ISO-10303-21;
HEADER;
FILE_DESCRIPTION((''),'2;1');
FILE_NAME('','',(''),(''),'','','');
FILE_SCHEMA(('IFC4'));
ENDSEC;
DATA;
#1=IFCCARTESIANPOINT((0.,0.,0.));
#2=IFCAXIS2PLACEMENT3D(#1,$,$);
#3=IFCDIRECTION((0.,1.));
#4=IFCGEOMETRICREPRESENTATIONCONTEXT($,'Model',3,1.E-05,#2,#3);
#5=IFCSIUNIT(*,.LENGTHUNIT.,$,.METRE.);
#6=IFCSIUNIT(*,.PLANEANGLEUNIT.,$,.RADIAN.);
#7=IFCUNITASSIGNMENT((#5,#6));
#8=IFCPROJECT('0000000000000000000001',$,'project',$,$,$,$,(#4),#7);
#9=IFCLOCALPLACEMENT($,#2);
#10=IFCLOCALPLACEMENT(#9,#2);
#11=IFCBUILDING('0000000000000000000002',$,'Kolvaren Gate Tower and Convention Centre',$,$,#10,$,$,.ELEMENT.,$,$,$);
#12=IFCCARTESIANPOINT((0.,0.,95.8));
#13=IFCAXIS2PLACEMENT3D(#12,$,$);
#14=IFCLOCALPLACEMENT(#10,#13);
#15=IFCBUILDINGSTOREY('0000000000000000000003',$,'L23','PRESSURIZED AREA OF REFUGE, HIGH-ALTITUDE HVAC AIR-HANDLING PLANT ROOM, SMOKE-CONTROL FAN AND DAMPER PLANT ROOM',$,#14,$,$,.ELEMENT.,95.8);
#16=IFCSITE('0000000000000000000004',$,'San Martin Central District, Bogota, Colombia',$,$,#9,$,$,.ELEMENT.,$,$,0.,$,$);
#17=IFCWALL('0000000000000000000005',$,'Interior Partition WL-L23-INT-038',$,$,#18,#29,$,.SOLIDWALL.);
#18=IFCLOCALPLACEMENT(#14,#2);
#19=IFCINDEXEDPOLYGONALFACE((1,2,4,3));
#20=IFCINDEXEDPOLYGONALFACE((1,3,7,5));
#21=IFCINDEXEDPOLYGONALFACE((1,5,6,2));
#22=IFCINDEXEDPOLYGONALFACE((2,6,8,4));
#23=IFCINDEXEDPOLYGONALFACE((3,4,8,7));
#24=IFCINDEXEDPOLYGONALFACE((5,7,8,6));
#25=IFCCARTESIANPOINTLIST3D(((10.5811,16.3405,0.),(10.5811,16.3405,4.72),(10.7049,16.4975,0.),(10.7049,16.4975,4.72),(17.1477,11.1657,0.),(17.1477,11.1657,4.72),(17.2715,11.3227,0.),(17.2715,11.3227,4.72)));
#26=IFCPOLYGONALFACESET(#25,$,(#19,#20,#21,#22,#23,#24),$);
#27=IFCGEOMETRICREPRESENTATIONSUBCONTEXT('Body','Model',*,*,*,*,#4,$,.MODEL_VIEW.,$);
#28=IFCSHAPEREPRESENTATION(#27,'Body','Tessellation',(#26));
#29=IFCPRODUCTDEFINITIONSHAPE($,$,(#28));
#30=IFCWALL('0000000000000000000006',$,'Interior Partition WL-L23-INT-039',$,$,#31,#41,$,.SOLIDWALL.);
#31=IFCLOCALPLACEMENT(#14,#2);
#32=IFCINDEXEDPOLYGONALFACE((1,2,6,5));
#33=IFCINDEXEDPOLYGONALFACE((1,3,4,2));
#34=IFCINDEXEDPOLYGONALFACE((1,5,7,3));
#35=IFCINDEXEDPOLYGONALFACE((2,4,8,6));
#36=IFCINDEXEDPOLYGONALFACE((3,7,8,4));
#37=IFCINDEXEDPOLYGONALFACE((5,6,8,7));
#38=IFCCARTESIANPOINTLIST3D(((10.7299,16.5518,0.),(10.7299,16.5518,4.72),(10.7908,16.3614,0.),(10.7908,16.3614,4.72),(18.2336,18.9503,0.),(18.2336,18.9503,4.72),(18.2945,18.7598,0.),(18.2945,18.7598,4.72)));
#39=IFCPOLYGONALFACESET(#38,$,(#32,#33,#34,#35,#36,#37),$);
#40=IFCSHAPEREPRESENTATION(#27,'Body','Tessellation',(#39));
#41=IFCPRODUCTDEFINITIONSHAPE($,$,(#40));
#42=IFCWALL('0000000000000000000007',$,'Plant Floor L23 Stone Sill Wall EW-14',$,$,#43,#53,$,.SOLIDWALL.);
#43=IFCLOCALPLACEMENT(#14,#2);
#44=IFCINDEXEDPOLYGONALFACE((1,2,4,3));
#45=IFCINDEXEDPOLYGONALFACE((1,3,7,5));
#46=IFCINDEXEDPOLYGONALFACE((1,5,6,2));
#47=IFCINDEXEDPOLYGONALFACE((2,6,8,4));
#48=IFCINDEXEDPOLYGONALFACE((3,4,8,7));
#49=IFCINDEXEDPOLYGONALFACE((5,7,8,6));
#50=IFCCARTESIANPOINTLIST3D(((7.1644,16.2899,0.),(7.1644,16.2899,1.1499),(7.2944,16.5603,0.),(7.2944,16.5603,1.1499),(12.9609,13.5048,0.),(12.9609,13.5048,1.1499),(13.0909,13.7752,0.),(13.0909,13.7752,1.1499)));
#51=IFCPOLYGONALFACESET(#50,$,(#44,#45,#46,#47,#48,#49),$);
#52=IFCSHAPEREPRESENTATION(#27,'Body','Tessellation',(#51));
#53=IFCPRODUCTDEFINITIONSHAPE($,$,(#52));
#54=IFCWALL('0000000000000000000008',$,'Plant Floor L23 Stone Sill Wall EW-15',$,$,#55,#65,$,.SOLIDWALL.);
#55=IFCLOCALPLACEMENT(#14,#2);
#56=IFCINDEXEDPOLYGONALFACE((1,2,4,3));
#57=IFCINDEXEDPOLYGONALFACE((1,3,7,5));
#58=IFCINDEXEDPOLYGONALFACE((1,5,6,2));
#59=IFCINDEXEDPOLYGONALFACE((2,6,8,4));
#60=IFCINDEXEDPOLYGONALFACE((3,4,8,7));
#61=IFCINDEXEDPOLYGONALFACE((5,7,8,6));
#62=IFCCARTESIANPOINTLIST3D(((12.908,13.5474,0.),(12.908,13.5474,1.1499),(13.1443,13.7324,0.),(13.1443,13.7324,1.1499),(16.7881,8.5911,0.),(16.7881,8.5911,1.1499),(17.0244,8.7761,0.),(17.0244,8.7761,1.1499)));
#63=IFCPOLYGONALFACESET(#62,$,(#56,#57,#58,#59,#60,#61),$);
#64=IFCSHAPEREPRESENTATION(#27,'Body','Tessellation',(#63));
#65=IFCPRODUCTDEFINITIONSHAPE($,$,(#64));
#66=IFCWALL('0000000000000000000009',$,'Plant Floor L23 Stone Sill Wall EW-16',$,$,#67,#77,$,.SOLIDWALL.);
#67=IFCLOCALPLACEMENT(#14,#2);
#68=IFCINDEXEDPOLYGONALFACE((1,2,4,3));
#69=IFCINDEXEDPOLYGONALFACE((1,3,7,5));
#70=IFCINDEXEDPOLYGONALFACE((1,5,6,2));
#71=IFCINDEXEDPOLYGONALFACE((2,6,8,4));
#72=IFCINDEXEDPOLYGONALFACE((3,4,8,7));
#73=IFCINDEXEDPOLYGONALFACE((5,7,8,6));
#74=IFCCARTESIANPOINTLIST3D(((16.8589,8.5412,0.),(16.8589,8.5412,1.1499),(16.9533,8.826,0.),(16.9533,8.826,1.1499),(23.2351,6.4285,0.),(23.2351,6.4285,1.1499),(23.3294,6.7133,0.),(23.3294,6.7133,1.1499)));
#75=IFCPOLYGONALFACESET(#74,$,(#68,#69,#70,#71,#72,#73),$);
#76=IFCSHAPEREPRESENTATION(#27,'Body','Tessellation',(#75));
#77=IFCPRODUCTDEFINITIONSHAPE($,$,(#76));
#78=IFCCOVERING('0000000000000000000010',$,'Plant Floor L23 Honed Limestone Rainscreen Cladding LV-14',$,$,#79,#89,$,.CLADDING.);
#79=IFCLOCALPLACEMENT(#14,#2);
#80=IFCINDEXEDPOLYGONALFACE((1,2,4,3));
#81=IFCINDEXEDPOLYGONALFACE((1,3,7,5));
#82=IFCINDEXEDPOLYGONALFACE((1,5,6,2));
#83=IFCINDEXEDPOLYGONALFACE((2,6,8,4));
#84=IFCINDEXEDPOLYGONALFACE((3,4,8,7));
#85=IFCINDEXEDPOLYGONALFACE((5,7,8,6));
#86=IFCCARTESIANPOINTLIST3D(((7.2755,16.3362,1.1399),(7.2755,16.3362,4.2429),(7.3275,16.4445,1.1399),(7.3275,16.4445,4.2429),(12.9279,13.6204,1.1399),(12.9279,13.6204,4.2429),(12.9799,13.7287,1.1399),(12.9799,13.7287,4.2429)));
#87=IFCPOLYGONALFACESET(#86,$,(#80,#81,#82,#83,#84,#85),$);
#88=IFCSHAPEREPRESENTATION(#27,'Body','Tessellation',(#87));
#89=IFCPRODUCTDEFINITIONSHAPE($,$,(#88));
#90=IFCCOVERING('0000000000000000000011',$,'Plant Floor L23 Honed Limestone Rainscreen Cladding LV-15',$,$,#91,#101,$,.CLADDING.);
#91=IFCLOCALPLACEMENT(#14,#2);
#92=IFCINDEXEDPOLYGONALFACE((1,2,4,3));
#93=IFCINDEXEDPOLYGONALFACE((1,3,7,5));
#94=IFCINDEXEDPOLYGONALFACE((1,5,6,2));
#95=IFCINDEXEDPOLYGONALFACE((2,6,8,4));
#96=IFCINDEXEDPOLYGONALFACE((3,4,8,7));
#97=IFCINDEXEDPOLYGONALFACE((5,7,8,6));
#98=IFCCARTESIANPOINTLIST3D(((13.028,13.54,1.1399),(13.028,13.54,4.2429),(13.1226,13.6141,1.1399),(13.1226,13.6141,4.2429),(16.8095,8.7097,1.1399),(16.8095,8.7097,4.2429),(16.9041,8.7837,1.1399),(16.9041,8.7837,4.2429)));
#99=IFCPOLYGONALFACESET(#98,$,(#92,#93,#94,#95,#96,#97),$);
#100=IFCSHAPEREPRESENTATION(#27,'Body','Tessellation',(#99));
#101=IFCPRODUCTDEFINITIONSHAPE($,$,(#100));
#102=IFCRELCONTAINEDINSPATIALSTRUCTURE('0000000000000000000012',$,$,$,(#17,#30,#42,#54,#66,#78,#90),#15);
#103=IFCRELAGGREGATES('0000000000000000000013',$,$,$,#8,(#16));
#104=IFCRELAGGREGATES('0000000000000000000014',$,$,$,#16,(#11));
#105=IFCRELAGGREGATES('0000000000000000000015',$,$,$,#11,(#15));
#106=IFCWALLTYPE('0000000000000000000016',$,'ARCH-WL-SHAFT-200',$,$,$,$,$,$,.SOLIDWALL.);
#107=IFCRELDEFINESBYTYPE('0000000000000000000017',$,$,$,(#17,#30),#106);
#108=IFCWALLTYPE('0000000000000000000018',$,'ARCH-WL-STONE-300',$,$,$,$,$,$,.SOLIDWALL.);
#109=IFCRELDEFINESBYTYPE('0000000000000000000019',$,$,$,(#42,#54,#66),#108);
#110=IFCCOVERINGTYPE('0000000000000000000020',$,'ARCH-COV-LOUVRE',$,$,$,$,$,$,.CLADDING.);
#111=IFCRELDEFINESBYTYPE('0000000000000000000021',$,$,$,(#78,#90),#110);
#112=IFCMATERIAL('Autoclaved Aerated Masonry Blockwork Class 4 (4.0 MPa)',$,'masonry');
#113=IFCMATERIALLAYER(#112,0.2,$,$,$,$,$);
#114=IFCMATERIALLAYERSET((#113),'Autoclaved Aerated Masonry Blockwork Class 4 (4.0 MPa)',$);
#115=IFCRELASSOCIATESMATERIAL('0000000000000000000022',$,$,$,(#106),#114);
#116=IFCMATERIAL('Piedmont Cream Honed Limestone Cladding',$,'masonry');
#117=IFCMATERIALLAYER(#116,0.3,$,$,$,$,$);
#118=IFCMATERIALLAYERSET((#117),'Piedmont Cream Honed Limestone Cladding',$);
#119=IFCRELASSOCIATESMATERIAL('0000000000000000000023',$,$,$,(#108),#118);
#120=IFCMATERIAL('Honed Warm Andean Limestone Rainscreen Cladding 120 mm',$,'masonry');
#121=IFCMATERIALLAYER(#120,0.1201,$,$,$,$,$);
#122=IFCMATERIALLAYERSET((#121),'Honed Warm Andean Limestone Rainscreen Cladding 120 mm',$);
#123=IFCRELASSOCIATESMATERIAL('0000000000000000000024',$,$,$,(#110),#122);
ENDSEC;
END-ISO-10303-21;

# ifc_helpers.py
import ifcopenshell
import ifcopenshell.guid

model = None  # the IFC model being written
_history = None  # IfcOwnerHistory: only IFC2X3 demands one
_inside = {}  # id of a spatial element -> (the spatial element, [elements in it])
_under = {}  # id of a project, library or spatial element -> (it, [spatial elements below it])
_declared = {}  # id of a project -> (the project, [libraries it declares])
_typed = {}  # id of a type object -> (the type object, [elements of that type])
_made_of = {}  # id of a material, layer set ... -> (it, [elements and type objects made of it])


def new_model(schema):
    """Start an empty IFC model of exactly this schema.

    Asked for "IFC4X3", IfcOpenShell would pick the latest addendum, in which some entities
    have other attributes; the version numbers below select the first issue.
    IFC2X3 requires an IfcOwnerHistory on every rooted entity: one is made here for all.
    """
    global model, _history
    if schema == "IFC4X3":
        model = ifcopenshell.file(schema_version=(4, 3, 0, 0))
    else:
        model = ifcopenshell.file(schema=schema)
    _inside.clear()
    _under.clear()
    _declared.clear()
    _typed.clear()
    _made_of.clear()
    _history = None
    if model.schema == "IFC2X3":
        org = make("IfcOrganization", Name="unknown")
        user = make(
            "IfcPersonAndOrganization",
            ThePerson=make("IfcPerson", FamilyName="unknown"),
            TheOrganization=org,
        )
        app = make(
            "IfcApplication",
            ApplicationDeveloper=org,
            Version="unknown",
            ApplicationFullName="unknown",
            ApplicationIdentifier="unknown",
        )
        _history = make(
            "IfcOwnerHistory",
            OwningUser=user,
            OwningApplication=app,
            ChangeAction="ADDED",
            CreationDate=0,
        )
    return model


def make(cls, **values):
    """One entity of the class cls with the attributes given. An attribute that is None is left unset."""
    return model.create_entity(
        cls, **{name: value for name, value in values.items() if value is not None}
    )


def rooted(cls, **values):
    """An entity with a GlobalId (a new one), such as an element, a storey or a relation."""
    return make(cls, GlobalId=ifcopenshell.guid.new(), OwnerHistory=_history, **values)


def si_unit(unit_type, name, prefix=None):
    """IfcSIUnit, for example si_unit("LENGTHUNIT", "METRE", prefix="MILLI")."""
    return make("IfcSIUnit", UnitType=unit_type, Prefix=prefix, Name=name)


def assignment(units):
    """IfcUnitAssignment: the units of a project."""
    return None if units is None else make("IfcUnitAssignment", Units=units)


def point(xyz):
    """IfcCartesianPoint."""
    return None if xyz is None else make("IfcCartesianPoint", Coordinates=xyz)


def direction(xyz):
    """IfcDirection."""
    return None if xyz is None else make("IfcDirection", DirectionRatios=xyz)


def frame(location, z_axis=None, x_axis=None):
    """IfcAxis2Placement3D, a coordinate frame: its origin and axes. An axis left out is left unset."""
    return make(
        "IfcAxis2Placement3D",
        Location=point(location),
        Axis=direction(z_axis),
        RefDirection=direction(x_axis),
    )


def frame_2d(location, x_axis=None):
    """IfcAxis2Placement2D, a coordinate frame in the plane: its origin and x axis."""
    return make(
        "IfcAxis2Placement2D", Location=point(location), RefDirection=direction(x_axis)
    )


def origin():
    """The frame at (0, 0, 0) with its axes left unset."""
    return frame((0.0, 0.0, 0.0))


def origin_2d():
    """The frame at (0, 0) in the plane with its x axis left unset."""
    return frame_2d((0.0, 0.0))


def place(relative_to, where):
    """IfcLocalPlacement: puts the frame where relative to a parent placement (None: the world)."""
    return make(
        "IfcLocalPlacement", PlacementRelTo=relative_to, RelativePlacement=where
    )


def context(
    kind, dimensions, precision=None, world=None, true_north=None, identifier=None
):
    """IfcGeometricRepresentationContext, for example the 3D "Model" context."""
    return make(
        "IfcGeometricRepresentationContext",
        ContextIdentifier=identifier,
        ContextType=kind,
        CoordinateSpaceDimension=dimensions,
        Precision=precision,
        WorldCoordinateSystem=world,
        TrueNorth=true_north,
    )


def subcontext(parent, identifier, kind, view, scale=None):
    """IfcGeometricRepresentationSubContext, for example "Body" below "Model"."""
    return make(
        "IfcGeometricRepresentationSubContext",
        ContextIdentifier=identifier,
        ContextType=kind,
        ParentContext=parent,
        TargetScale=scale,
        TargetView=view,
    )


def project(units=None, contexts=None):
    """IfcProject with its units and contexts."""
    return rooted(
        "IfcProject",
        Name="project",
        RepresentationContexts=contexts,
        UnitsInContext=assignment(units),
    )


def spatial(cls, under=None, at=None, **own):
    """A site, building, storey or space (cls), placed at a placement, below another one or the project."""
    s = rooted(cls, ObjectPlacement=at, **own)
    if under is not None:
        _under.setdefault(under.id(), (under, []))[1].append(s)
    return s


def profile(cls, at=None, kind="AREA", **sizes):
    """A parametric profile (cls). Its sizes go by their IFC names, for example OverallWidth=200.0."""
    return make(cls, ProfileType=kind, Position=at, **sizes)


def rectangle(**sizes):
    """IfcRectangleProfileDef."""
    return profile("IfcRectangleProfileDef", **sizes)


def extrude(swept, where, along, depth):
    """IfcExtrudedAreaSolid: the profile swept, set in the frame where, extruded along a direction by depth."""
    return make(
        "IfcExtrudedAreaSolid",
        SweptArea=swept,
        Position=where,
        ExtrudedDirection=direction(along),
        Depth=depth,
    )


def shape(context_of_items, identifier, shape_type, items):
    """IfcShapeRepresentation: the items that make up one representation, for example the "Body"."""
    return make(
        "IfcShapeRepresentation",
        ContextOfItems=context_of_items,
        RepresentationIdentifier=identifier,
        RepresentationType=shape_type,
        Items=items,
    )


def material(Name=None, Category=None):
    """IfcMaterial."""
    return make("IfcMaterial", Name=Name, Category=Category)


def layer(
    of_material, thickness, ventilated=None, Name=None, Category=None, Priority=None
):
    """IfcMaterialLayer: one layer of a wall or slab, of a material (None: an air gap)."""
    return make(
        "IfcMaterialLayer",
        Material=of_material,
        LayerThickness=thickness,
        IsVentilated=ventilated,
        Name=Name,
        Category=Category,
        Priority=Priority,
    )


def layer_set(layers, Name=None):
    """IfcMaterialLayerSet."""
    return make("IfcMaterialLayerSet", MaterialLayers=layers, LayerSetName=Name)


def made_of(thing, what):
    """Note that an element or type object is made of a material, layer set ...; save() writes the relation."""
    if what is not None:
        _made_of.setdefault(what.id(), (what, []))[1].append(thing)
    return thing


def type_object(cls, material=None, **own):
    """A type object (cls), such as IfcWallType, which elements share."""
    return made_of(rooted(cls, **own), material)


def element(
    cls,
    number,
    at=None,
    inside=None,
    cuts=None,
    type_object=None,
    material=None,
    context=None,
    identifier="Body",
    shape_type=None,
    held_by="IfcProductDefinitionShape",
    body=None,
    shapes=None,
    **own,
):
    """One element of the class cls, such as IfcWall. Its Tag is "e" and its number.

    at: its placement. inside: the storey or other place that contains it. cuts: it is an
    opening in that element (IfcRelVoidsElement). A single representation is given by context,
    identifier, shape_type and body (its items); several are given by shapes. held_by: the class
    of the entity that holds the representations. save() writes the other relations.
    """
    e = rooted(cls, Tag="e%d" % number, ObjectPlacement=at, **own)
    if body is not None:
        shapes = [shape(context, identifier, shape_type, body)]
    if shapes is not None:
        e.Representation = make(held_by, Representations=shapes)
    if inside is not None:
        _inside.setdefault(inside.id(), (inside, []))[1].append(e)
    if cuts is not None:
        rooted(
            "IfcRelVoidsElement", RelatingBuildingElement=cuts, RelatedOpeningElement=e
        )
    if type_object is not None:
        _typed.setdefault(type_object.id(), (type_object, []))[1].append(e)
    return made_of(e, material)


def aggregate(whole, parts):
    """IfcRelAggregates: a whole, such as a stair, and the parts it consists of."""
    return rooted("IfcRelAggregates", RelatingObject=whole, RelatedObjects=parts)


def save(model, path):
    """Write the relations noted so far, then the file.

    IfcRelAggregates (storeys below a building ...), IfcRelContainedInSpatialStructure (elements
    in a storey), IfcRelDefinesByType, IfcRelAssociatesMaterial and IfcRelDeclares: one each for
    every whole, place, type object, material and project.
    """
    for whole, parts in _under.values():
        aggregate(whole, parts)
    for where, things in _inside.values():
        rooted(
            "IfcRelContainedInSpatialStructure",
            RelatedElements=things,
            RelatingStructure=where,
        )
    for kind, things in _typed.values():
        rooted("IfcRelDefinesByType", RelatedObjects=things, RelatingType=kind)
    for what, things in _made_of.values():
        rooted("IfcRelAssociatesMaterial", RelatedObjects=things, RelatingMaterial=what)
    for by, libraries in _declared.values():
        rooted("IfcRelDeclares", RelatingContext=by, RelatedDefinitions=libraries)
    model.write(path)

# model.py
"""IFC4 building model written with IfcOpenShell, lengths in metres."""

from ifc_helpers import new_model, si_unit, direction, frame, frame_2d, origin, origin_2d, place, context, subcontext, project, spatial, rectangle, extrude, material, layer, layer_set, type_object, element, save


model = new_model("IFC4")

# Units and contexts
model_context = context("Model", 3, precision=1e-05, world=origin(), true_north=direction((0.0, 1.0)))
body_context = subcontext(model_context, "Body", "Model", "MODEL_VIEW")
ifc_project = project(units=[si_unit("LENGTHUNIT", "METRE"), si_unit("PLANEANGLEUNIT", "RADIAN")], contexts=[model_context])

# Site, building, storey
site_placement = place(None, origin())
site = spatial("IfcSite", under=ifc_project, at=site_placement, Name="San Martin Central District, Bogota, Colombia", CompositionType="ELEMENT", RefElevation=0.0)
building_placement = place(site_placement, origin())
building = spatial("IfcBuilding", under=site, at=building_placement, Name="Kolvaren Gate Tower and Convention Centre", CompositionType="ELEMENT")
storey_placement = place(building_placement, frame((0.0, 0.0, 95.8)))
storey = spatial("IfcBuildingStorey", under=building, at=storey_placement, Name="L23", Description="PRESSURIZED AREA OF REFUGE, HIGH-ALTITUDE HVAC AIR-HANDLING PLANT ROOM, SMOKE-CONTROL FAN AND DAMPER PLANT ROOM", CompositionType="ELEMENT", Elevation=95.8)

# Walls
ifc_material_1 = material(Name="Autoclaved Aerated Masonry Blockwork Class 4 (4.0 MPa)", Category="masonry")
ifc_layer_1 = layer(ifc_material_1, 0.2)
ifc_layer_set_1 = layer_set([ifc_layer_1], Name="Autoclaved Aerated Masonry Blockwork Class 4 (4.0 MPa)")
wall_type_1 = type_object("IfcWallType", Name="ARCH-WL-SHAFT-200", PredefinedType="SOLIDWALL", material=ifc_layer_set_1)
wall_1_placement = place(storey_placement, frame((10.6431, 16.4189, 0.0), z_axis=(0.0, 0.0, 1.0), x_axis=(0.785429, -0.618952, 0.0)))
element("IfcWall", 1, at=wall_1_placement, inside=storey, type_object=wall_type_1, Name="Interior Partition WL-L23-INT-038", PredefinedType="SOLIDWALL", context=body_context, shape_type="SweptSolid", body=[
    extrude(rectangle(XDim=8.3606, YDim=0.2, at=frame_2d((4.1802, 0.0))), origin(), (0.0, 0.0, 1.0), 4.72),
])
wall_2_placement = place(storey_placement, frame((10.7603, 16.4565, 0.0), z_axis=(0.0, 0.0, 1.0), x_axis=(0.952525, 0.304461, 0.0)))
element("IfcWall", 2, at=wall_2_placement, inside=storey, type_object=wall_type_1, Name="Interior Partition WL-L23-INT-039", PredefinedType="SOLIDWALL", context=body_context, shape_type="SweptSolid", body=[
    extrude(rectangle(XDim=7.8777, YDim=0.2, at=frame_2d((3.939, 0.0))), origin(), (0.0, 0.0, 1.0), 4.72),
])
ifc_material_2 = material(Name="Piedmont Cream Honed Limestone Cladding", Category="masonry")
ifc_layer_2 = layer(ifc_material_2, 0.3)
ifc_layer_set_2 = layer_set([ifc_layer_2], Name="Piedmont Cream Honed Limestone Cladding")
wall_type_2 = type_object("IfcWallType", Name="ARCH-WL-STONE-300", PredefinedType="SOLIDWALL", material=ifc_layer_set_2)
wall_3_placement = place(storey_placement, frame((7.2295, 16.425, 0.0), z_axis=(0.0, 0.0, 1.0), x_axis=(0.901355, -0.433082, 0.0)))
element("IfcWall", 3, at=wall_3_placement, inside=storey, type_object=wall_type_2, Name="Plant Floor L23 Stone Sill Wall EW-14", PredefinedType="SOLIDWALL", context=body_context, shape_type="SweptSolid", body=[
    extrude(rectangle(XDim=6.4309, YDim=0.3, at=frame_2d((3.2153, 0.0))), origin(), (0.0, 0.0, 1.0), 1.1499),
])
wall_4_placement = place(storey_placement, frame((13.0261, 13.6399, 0.0), z_axis=(0.0, 0.0, 1.0), x_axis=(0.616435, -0.787406, 0.0)))
element("IfcWall", 4, at=wall_4_placement, inside=storey, type_object=wall_type_2, Name="Plant Floor L23 Stone Sill Wall EW-15", PredefinedType="SOLIDWALL", context=body_context, shape_type="SweptSolid", body=[
    extrude(rectangle(XDim=6.2944, YDim=0.3, at=frame_2d((3.1472, 0.0))), origin(), (0.0, 0.0, 1.0), 1.1499),
])
wall_5_placement = place(storey_placement, frame((16.9062, 8.6836, 0.0), z_axis=(0.0, 0.0, 1.0), x_axis=(0.949245, -0.314537, 0.0)))
element("IfcWall", 5, at=wall_5_placement, inside=storey, type_object=wall_type_2, Name="Plant Floor L23 Stone Sill Wall EW-16", PredefinedType="SOLIDWALL", context=body_context, shape_type="SweptSolid", body=[
    extrude(rectangle(XDim=6.717, YDim=0.3, at=frame_2d((3.3584, 0.0))), origin(), (0.0, 0.0, 1.0), 1.1499),
])

# Coverings
ifc_material_3 = material(Name="Honed Warm Andean Limestone Rainscreen Cladding 120 mm", Category="masonry")
ifc_layer_3 = layer(ifc_material_3, 0.1201)
ifc_layer_set_3 = layer_set([ifc_layer_3], Name="Honed Warm Andean Limestone Rainscreen Cladding 120 mm")
covering_type = type_object("IfcCoveringType", Name="ARCH-COV-LOUVRE", PredefinedType="CLADDING", material=ifc_layer_set_3)
covering_1_placement = place(storey_placement, frame((10.1277, 15.0325, 1.1399), z_axis=(0.0, 0.0, 1.0), x_axis=(0.901358, -0.433076, 0.0)))
element("IfcCovering", 6, at=covering_1_placement, inside=storey, type_object=covering_type, Name="Plant Floor L23 Honed Limestone Rainscreen Cladding LV-14", PredefinedType="CLADDING", context=body_context, shape_type="SweptSolid", body=[
    extrude(rectangle(XDim=6.271, YDim=0.1201, at=origin_2d()), origin(), (0.0, 0.0, 1.0), 3.103),
])
covering_2_placement = place(storey_placement, frame((14.9661, 11.1619, 1.1399), z_axis=(0.0, 0.0, 1.0), x_axis=(0.616431, -0.787409, 0.0)))
element("IfcCovering", 7, at=covering_2_placement, inside=storey, type_object=covering_type, Name="Plant Floor L23 Honed Limestone Rainscreen Cladding LV-15", PredefinedType="CLADDING", context=body_context, shape_type="SweptSolid", body=[
    extrude(rectangle(XDim=6.1345, YDim=0.1201, at=origin_2d()), origin(), (0.0, 0.0, 1.0), 3.103),
])

save(model, "model.ifc")
